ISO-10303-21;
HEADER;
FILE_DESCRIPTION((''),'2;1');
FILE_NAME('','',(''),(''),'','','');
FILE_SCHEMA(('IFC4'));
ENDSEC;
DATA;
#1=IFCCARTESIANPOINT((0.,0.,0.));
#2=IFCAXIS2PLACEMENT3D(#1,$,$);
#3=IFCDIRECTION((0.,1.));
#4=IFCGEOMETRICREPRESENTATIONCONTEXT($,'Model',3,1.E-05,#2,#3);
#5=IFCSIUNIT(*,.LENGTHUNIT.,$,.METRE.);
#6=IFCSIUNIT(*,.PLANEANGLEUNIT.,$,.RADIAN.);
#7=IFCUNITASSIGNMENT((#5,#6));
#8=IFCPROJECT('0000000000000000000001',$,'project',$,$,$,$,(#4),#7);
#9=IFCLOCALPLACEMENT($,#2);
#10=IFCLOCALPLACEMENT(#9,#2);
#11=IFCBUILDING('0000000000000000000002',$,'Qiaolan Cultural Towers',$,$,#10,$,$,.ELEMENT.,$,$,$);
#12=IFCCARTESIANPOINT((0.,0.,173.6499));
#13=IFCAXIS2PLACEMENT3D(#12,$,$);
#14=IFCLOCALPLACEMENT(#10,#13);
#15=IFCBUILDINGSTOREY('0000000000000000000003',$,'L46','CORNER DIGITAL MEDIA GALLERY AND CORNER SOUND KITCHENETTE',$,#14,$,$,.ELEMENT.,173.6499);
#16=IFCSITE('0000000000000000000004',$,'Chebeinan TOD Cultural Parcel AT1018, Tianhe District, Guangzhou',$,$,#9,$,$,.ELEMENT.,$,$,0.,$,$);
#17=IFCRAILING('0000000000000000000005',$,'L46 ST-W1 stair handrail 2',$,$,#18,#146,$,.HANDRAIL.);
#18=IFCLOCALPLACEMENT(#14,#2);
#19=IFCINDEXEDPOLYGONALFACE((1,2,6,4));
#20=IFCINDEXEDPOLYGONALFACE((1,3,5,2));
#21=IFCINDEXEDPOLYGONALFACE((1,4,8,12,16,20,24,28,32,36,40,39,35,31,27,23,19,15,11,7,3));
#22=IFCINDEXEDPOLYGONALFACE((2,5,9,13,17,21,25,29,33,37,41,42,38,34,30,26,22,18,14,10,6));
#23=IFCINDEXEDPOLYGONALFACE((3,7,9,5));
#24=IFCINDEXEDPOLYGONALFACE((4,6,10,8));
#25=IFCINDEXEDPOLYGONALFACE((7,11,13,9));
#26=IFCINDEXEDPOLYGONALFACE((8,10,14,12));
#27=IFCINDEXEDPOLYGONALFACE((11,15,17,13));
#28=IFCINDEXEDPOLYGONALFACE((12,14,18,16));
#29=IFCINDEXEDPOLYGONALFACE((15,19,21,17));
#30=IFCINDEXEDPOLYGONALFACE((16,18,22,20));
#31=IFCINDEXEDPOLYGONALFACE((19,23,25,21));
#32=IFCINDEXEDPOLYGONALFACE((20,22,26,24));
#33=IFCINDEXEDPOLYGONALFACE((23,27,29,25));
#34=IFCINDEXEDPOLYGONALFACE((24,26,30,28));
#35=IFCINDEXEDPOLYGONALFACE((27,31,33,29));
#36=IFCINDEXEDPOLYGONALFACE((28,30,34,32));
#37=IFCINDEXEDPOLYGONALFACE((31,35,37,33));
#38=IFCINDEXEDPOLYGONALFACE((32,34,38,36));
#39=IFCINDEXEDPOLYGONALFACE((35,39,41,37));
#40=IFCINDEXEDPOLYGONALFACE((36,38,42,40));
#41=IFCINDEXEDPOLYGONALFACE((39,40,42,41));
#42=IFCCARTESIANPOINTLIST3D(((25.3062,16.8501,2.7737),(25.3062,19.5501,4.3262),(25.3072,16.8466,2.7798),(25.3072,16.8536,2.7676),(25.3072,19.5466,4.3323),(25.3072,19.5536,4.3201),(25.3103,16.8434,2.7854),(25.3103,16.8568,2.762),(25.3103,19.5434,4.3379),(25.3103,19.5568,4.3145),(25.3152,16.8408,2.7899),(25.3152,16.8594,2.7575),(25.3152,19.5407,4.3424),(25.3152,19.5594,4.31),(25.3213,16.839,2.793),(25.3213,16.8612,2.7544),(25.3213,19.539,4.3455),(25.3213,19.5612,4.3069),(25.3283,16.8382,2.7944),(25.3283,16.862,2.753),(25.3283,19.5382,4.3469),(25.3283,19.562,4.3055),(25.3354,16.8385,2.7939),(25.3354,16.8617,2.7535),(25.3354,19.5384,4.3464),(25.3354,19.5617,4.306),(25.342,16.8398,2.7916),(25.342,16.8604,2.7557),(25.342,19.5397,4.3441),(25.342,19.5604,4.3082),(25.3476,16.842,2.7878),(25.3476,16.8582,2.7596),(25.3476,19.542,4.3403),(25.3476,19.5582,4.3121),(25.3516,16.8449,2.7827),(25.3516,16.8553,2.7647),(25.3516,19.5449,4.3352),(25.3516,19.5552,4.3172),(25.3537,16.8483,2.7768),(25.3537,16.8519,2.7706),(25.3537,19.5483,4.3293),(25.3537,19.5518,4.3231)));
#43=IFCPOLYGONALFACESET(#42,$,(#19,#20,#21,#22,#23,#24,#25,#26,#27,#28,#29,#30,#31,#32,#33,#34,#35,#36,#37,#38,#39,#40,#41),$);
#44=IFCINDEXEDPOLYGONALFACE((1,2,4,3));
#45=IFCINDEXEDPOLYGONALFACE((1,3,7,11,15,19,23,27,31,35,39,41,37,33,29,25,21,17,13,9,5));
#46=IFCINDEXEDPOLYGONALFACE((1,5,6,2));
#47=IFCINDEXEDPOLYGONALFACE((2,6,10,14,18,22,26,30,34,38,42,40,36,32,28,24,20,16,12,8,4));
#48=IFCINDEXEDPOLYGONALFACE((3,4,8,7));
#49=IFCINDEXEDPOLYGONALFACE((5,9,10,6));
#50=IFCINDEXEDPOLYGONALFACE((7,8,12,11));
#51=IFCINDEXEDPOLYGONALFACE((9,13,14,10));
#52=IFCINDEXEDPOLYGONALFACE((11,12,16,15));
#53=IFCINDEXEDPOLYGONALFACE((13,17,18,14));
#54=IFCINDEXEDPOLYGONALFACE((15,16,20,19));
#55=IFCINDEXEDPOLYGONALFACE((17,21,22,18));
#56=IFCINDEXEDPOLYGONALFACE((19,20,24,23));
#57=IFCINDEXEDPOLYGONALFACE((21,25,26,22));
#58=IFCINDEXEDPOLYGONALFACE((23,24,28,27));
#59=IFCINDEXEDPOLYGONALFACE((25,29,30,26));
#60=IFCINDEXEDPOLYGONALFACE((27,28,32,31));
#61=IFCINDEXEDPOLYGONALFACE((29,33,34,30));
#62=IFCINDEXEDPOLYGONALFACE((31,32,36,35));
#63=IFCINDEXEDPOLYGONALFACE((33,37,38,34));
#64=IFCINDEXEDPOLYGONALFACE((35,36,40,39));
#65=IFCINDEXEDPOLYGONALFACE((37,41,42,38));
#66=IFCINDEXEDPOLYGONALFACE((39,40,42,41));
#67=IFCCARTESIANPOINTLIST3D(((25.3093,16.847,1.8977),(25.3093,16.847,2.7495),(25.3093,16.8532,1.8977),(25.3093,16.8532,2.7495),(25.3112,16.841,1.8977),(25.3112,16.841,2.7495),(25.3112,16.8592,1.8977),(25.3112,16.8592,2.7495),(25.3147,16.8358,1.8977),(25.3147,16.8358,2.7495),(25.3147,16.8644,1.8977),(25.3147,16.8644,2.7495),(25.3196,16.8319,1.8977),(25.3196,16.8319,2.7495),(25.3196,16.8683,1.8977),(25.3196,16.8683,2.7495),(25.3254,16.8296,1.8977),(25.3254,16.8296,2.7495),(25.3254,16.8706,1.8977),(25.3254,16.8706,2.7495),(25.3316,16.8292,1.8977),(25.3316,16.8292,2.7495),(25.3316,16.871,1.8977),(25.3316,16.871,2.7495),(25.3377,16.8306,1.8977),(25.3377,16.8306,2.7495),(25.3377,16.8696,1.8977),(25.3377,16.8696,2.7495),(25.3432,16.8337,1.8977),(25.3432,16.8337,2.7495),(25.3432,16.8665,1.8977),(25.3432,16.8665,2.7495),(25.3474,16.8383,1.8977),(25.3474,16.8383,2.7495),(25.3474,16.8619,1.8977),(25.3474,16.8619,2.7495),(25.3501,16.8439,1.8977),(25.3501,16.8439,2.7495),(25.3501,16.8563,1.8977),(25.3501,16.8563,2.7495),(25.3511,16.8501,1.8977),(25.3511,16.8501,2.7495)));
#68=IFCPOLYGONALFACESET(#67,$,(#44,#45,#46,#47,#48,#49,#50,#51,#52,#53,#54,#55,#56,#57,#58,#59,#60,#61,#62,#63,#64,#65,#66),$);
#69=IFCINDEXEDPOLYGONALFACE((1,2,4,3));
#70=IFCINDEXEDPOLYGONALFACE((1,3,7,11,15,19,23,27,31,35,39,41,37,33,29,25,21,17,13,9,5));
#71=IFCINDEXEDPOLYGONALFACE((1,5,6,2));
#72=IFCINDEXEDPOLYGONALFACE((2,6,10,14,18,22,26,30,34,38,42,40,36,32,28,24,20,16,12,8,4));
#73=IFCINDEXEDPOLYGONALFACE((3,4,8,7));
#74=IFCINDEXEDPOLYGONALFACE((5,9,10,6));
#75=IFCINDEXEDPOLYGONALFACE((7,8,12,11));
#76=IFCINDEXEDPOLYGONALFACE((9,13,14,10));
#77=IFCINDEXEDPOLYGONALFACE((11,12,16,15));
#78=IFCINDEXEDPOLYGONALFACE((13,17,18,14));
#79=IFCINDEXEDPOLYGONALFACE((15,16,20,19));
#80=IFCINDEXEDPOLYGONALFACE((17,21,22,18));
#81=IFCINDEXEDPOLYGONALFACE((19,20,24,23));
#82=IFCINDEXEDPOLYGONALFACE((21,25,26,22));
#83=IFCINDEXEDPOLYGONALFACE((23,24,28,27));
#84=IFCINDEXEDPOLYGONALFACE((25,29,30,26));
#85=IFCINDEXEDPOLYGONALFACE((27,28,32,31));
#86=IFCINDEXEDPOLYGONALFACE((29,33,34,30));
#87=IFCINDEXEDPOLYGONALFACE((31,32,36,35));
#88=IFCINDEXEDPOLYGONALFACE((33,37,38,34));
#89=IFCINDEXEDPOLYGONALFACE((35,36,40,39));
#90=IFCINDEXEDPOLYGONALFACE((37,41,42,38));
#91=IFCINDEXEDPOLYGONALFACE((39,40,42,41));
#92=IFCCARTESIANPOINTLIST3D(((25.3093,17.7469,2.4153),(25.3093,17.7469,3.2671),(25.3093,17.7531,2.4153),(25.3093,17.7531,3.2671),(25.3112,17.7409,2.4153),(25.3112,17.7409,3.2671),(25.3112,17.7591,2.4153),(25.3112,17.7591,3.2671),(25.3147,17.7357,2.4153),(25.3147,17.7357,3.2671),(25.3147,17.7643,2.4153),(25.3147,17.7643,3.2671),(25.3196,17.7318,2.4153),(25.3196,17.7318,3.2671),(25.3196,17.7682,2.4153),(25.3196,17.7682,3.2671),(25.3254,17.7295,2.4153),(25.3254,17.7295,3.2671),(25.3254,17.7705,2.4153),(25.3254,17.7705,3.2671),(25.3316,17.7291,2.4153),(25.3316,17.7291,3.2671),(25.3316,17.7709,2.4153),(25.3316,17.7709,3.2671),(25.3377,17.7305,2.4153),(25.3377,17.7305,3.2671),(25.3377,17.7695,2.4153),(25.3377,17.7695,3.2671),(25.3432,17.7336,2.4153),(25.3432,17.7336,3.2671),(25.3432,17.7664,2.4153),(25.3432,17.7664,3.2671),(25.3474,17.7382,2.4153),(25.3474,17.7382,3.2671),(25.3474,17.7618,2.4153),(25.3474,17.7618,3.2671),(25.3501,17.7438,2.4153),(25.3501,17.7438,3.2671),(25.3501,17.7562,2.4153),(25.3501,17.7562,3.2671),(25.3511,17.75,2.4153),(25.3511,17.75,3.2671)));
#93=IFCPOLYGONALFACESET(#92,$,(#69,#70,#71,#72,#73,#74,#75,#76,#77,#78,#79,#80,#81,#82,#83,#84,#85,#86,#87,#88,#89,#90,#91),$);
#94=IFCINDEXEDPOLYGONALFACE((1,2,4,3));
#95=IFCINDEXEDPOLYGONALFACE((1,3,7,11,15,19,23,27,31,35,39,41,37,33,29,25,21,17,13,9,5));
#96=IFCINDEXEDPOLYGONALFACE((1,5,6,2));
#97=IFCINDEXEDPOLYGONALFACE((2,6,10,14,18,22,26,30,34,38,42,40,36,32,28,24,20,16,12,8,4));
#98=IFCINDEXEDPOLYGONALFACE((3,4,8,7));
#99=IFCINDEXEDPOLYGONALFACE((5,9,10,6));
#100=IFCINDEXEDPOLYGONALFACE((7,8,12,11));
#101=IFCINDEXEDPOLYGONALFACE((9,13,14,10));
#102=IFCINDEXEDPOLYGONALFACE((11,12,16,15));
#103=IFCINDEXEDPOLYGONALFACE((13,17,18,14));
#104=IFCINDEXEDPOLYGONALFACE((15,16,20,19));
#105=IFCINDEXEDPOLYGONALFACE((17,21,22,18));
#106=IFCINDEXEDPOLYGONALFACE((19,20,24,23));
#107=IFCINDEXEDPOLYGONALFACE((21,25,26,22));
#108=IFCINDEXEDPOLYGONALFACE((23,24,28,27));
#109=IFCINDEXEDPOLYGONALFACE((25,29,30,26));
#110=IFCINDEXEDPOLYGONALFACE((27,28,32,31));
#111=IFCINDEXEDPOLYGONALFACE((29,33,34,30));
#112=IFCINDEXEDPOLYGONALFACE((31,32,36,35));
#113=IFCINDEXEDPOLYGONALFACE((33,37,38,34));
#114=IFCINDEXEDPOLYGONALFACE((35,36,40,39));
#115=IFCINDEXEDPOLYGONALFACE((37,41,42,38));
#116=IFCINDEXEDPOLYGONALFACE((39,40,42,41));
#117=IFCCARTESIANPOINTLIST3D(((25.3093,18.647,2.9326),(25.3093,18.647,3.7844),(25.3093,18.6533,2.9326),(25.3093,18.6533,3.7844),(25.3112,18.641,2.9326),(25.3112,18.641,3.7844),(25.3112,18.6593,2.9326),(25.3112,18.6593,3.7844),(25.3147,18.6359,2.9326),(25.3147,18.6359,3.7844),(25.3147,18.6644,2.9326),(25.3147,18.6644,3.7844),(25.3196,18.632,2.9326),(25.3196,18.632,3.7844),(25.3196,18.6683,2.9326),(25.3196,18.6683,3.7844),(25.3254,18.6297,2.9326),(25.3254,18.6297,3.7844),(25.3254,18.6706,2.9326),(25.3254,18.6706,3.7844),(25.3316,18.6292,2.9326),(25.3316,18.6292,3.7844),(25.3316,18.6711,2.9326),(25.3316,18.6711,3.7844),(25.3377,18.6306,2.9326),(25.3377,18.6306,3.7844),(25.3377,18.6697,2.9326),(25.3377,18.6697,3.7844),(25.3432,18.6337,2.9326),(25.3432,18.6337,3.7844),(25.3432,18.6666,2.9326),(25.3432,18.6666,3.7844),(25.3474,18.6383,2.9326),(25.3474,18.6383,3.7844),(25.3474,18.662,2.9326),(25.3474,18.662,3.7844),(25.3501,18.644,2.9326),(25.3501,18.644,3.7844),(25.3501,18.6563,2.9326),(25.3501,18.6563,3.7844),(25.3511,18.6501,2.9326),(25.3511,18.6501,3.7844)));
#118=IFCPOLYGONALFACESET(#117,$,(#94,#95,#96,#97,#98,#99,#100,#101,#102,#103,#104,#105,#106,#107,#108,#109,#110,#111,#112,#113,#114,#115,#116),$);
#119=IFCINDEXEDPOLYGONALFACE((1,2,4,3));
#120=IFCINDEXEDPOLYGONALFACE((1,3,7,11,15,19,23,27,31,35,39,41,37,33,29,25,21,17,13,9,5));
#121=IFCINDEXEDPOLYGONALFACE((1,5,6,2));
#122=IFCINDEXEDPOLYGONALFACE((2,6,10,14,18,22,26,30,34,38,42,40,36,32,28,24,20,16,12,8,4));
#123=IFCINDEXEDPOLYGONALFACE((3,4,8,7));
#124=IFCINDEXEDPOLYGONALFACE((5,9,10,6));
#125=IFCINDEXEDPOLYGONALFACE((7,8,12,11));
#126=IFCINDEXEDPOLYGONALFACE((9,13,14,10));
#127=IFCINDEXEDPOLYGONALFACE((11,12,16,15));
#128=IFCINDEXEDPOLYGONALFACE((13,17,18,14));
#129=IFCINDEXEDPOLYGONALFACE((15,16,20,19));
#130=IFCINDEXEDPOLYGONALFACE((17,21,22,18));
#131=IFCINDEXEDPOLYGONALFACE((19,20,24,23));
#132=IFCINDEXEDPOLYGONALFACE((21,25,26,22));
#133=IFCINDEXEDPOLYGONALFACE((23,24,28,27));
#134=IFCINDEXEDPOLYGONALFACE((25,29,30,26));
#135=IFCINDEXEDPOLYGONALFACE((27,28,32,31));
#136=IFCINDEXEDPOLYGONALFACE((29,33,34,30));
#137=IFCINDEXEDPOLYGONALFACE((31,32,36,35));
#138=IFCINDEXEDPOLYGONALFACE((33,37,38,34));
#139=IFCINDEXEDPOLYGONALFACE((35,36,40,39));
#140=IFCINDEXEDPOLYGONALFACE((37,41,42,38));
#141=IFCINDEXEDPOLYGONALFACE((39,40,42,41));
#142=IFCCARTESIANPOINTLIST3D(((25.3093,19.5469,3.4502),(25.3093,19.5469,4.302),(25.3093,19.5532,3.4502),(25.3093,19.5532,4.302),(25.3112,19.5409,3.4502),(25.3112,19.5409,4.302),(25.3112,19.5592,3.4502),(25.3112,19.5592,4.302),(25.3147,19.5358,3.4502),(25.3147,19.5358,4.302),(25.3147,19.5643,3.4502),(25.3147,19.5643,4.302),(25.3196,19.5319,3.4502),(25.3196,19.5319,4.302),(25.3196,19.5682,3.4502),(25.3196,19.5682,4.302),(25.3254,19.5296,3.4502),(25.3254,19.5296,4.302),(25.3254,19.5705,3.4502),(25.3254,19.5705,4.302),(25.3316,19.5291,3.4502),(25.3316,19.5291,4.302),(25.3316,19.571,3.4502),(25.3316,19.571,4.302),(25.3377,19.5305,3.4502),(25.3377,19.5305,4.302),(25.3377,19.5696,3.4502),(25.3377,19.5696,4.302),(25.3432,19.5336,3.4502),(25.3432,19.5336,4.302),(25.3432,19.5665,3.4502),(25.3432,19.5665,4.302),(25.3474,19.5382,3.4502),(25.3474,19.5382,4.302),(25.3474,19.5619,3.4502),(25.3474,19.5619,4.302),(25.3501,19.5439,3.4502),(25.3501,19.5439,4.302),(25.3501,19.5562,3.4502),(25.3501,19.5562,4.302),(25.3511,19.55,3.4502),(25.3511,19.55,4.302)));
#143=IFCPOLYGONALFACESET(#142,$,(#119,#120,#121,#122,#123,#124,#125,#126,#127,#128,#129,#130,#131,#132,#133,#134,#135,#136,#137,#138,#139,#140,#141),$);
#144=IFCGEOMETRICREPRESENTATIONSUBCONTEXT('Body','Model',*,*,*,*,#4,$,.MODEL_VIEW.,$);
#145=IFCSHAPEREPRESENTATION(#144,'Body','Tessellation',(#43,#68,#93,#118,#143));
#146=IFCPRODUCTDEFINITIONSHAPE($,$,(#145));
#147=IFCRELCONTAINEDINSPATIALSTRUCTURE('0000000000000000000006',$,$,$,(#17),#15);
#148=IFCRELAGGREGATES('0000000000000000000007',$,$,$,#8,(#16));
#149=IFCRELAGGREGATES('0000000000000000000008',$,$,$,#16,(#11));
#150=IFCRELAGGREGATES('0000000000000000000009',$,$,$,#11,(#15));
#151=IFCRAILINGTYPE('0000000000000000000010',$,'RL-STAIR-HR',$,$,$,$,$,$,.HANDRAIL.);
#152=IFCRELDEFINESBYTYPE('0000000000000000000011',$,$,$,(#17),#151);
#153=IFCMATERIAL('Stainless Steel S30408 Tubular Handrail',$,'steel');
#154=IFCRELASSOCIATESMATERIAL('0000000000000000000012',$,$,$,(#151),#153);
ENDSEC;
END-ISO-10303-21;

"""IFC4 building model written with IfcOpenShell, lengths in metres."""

from ifc_helpers import new_model, si_unit, direction, frame, origin, origin_2d, place, context, subcontext, project, spatial, circle, extrude, material, type_object, element, save


model = new_model("IFC4")

# Units and contexts
model_context = context("Model", 3, precision=1e-05, world=origin(), true_north=direction((0.0, 1.0)))
body_context = subcontext(model_context, "Body", "Model", "MODEL_VIEW")
ifc_project = project(units=[si_unit("LENGTHUNIT", "METRE"), si_unit("PLANEANGLEUNIT", "RADIAN")], contexts=[model_context])

# Site, building, storey
site_placement = place(None, origin())
site = spatial("IfcSite", under=ifc_project, at=site_placement, Name="Chebeinan TOD Cultural Parcel AT1018, Tianhe District, Guangzhou", CompositionType="ELEMENT", RefElevation=0.0)
building_placement = place(site_placement, origin())
building = spatial("IfcBuilding", under=site, at=building_placement, Name="Qiaolan Cultural Towers", CompositionType="ELEMENT")
storey_placement = place(building_placement, frame((0.0, 0.0, 173.6499)))
storey = spatial("IfcBuildingStorey", under=building, at=storey_placement, Name="L46", Description="CORNER DIGITAL MEDIA GALLERY AND CORNER SOUND KITCHENETTE", CompositionType="ELEMENT", Elevation=173.6499)

# Railing
ifc_material_1 = material(Name="Stainless Steel S30408 Tubular Handrail", Category="steel")
railing_type_1 = type_object("IfcRailingType", Name="RL-STAIR-HR", PredefinedType="HANDRAIL", material=ifc_material_1)
railing_1_placement = place(storey_placement, frame((25.3301, 16.8501, 1.8977)))
element("IfcRailing", 1, at=railing_1_placement, inside=storey, type_object=railing_type_1, Name="L46 ST-W1 stair handrail 2", PredefinedType="HANDRAIL", context=body_context, shape_type="SweptSolid", body=[
    extrude(circle(Radius=0.0239, at=origin_2d()), frame((0.0, 0.0, 0.876), z_axis=(0.0, 0.866904, 0.498476), x_axis=(-1.0, 0.0, 0.0)), (0.0, 0.0, 1.0), 3.1145),
    extrude(circle(Radius=0.021, at=origin_2d()), origin(), (0.0, 0.0, 1.0), 0.8518),
    extrude(circle(Radius=0.021, at=origin_2d()), frame((0.0, 0.8999, 0.5176)), (0.0, 0.0, 1.0), 0.8518),
    extrude(circle(Radius=0.021, at=origin_2d()), frame((0.0, 1.8, 1.0349)), (0.0, 0.0, 1.0), 0.8518),
    extrude(circle(Radius=0.021, at=origin_2d()), frame((0.0, 2.7, 1.5525)), (0.0, 0.0, 1.0), 0.8518),
])

save(model, "model.ifc")
